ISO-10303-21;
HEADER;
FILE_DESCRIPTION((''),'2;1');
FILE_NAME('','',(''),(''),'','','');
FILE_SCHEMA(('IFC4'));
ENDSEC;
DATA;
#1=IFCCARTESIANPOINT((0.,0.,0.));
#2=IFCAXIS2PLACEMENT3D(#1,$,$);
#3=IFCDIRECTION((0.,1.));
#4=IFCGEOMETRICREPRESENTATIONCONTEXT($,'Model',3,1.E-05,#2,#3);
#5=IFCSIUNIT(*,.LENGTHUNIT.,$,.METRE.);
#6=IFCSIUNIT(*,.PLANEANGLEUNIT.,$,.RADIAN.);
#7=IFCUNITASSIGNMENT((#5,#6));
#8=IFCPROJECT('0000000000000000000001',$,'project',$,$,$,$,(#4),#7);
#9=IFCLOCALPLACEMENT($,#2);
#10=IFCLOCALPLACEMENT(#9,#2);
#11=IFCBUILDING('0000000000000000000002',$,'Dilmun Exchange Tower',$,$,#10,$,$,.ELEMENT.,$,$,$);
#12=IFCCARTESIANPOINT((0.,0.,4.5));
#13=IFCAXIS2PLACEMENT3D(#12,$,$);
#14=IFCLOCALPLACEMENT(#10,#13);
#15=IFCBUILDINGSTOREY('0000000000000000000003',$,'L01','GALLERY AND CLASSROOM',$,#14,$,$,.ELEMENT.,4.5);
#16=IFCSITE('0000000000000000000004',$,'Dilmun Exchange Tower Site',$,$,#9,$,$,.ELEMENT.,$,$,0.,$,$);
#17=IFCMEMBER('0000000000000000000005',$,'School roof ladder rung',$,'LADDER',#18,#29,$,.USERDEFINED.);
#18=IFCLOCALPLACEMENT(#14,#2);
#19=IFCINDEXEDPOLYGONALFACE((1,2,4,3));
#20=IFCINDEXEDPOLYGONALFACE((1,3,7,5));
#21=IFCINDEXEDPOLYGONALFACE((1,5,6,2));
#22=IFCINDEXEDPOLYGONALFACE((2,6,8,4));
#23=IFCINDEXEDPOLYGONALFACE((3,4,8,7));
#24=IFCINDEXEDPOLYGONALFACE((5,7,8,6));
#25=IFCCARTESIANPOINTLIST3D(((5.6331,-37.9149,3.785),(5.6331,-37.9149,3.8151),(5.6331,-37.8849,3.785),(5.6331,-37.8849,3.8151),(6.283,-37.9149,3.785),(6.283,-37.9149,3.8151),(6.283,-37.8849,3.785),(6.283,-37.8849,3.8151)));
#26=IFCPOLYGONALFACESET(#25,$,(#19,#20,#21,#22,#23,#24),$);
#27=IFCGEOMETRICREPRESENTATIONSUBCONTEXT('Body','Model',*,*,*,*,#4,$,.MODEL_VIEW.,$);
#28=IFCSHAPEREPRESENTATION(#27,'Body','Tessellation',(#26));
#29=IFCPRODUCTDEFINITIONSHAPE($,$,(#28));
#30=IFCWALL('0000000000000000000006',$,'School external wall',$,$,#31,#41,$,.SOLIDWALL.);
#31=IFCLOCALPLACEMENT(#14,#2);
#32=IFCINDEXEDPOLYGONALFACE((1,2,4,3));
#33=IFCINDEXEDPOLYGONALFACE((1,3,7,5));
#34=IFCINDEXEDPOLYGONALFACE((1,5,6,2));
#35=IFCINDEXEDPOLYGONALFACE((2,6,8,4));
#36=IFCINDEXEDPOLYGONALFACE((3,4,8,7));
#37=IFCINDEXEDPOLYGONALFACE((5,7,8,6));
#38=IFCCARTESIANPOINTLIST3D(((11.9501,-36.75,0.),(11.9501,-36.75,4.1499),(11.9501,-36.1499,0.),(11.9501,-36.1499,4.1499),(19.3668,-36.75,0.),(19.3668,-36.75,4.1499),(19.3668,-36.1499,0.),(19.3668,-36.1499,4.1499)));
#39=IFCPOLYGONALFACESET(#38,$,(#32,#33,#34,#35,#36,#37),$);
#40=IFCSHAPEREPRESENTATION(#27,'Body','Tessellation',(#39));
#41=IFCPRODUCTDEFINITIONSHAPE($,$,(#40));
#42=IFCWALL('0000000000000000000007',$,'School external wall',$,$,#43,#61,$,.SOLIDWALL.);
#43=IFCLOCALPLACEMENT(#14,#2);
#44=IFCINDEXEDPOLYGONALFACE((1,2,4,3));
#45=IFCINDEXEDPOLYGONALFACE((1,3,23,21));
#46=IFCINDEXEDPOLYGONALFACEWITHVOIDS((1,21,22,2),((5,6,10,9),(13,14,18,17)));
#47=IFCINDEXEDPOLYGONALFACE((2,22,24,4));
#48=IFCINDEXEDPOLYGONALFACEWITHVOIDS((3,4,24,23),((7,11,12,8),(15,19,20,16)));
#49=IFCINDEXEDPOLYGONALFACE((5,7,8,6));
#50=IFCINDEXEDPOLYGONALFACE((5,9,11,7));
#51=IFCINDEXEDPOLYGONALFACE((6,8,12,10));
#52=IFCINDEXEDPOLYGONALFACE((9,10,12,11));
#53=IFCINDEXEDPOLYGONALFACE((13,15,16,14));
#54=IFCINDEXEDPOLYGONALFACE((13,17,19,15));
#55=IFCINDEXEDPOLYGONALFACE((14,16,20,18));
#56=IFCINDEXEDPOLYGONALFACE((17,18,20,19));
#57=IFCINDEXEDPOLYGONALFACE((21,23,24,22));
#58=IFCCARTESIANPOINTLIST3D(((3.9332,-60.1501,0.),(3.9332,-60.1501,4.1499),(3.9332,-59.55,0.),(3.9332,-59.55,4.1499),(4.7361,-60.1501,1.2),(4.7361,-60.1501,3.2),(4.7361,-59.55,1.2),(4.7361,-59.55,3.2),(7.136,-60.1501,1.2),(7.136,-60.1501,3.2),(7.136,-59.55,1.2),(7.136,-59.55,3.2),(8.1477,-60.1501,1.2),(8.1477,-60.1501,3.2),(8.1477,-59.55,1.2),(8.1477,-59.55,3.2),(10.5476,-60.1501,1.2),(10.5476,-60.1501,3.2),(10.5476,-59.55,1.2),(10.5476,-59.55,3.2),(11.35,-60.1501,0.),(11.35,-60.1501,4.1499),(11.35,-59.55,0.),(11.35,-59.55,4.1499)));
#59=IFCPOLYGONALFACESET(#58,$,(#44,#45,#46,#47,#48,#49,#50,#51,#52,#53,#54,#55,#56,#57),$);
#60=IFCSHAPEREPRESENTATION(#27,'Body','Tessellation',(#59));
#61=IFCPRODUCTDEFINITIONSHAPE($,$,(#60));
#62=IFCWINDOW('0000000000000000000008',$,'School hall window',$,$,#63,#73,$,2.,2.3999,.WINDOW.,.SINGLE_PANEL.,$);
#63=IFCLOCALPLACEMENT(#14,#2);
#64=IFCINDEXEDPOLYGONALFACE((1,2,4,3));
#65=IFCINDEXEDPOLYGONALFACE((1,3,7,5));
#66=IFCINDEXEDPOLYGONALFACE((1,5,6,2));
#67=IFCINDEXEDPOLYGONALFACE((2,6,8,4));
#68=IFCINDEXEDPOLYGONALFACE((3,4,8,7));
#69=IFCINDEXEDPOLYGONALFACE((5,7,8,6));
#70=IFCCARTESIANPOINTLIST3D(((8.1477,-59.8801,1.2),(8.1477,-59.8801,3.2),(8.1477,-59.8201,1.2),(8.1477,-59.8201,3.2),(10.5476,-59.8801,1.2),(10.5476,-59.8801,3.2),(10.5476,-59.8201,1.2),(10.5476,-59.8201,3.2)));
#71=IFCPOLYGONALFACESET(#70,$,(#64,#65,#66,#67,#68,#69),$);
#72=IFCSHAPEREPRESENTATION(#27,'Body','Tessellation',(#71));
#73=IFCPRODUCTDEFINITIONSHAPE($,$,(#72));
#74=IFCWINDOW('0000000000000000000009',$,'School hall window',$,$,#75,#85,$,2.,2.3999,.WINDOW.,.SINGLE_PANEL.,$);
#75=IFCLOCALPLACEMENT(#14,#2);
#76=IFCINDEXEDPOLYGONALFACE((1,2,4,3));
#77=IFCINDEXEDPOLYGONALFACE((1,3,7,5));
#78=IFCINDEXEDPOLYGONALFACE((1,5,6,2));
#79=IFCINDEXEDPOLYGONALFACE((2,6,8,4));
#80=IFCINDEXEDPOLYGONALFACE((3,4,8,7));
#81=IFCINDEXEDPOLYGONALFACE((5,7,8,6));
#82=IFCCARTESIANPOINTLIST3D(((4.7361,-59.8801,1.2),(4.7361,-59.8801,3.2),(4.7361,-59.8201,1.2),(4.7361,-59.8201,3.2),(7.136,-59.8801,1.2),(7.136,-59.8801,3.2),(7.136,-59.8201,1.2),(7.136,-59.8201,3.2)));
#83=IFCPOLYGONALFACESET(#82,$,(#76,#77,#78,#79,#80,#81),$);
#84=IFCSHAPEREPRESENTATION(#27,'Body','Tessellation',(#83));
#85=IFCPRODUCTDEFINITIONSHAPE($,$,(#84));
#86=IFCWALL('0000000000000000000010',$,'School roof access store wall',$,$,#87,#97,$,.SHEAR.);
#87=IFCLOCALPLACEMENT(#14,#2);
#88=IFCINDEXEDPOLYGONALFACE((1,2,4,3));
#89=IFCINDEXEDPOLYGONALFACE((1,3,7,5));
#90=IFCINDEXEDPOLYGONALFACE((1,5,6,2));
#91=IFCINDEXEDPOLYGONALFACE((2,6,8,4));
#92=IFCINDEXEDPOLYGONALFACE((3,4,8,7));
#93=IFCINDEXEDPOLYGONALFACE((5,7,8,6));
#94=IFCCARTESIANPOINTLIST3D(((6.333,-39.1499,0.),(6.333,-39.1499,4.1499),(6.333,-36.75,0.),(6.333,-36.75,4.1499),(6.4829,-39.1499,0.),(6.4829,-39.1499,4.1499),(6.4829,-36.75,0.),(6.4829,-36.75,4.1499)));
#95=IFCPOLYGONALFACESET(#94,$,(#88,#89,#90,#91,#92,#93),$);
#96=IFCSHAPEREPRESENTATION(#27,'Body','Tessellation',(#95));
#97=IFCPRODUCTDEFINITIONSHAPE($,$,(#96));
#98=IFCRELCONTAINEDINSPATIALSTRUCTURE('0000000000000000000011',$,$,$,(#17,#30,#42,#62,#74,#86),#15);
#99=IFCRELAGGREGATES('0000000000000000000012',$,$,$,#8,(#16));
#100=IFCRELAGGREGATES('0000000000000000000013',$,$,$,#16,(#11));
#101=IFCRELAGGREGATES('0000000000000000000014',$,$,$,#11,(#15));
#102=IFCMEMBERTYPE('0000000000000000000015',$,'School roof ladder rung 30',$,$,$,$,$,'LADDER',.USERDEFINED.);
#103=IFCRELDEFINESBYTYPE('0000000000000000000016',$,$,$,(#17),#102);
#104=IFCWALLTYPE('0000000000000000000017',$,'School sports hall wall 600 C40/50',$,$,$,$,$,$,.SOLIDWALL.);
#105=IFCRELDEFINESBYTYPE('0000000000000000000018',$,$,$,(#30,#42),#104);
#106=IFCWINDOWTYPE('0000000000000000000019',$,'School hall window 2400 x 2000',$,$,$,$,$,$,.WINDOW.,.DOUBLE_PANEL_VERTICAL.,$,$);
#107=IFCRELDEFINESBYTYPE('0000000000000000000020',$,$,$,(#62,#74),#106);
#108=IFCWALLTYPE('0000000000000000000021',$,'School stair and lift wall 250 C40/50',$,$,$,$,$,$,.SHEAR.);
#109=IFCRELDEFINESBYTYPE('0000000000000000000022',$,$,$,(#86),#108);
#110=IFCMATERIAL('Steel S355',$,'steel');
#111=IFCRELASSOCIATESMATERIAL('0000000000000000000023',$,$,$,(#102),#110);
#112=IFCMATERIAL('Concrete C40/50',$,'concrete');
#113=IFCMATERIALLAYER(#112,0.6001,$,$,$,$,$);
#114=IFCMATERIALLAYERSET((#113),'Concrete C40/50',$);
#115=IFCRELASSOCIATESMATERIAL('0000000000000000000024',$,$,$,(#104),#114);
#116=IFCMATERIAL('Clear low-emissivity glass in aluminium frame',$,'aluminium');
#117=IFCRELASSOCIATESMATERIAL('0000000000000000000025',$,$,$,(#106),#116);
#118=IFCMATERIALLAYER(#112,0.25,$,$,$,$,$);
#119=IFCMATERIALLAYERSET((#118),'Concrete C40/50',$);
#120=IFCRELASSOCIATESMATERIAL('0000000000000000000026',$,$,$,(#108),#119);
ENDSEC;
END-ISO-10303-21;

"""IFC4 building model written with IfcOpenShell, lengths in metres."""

from ifc_helpers import new_model, si_unit, direction, frame, frame_2d, origin, origin_2d, place, context, subcontext, project, spatial, rectangle, extrude, material, layer, layer_set, material_profile, profile_set, type_object, element, fill, save


model = new_model("IFC4")

# Units and contexts
model_context = context("Model", 3, precision=1e-05, world=origin(), true_north=direction((0.0, 1.0)))
body_context = subcontext(model_context, "Body", "Model", "MODEL_VIEW")
ifc_project = project(units=[si_unit("LENGTHUNIT", "METRE"), si_unit("PLANEANGLEUNIT", "RADIAN")], contexts=[model_context])

# Site, building, storey
site_placement = place(None, origin())
site = spatial("IfcSite", under=ifc_project, at=site_placement, Name="Dilmun Exchange Tower Site", CompositionType="ELEMENT", RefElevation=0.0)
building_placement = place(site_placement, origin())
building = spatial("IfcBuilding", under=site, at=building_placement, Name="Dilmun Exchange Tower", CompositionType="ELEMENT")
storey_placement = place(building_placement, frame((0.0, 0.0, 4.5)))
storey = spatial("IfcBuildingStorey", under=building, at=storey_placement, Name="L01", Description="GALLERY AND CLASSROOM", CompositionType="ELEMENT", Elevation=4.5)

# Shared definitions
ifc_material_1 = material(Name="Concrete C40/50", Category="concrete")

# Shared definitions
ifc_material_2 = material(Name="Steel S355", Category="steel")

# Member
ifc_material_profile_1 = material_profile(ifc_material_2, rectangle(XDim=0.03, YDim=0.03, at=origin_2d()), Name="30 x 30")
ifc_profile_set_1 = profile_set([ifc_material_profile_1], Name="Steel S355")
member_type_1 = type_object("IfcMemberType", Name="School roof ladder rung 30", ElementType="LADDER", PredefinedType="USERDEFINED", material=ifc_profile_set_1)
for number, where, z_axis, x_axis, name in (
    (1, (5.6331, -37.8999, 3.8), (1.0, 0.0, 0.0), (0.0, 1.0, 0.0), "School roof ladder rung"),
):
    element("IfcMember", number, at=place(storey_placement, frame(where, z_axis=z_axis, x_axis=x_axis)), inside=storey, type_object=member_type_1, Name=name, ObjectType="LADDER", PredefinedType="USERDEFINED", context=body_context, shape_type="SweptSolid", body=[
        extrude(rectangle(XDim=0.03, YDim=0.03, at=origin_2d()), origin(), (0.0, 0.0, 1.0), 0.6499),
    ])

# Wall
ifc_layer_1 = layer(ifc_material_1, 0.6001)
ifc_layer_set_1 = layer_set([ifc_layer_1], Name="Concrete C40/50")
wall_type_1 = type_object("IfcWallType", Name="School sports hall wall 600 C40/50", PredefinedType="SOLIDWALL", material=ifc_layer_set_1)
wall_1_placement = place(storey_placement, frame((11.95, -36.45, 0.0), z_axis=(0.0, 0.0, 1.0), x_axis=(1.0, 0.0, 0.0)))
element("IfcWall", 2, at=wall_1_placement, inside=storey, type_object=wall_type_1, Name="School external wall", PredefinedType="SOLIDWALL", context=body_context, shape_type="SweptSolid", body=[
    extrude(rectangle(XDim=7.4167, YDim=0.6001, at=frame_2d((3.7085, 0.0))), origin(), (0.0, 0.0, 1.0), 4.1499),
])

# Wall, openings, windows
wall_2_placement = place(storey_placement, frame((11.3501, -59.8501, 0.0), z_axis=(0.0, 0.0, 1.0), x_axis=(-1.0, 0.0, 0.0)))
wall_2 = element("IfcWall", 3, at=wall_2_placement, inside=storey, type_object=wall_type_1, Name="School external wall", PredefinedType="SOLIDWALL", context=body_context, shape_type="SweptSolid", body=[
    extrude(rectangle(XDim=7.4167, YDim=0.6001, at=frame_2d((3.7085, 0.0))), origin(), (0.0, 0.0, 1.0), 4.1499),
])
opening_1_placement = place(wall_2_placement, frame((0.8025, 0.0, 1.2)))
opening_1 = element("IfcOpeningElement", 4, at=opening_1_placement, cuts=wall_2, PredefinedType="OPENING", context=body_context, shape_type="SweptSolid", body=[
    extrude(rectangle(XDim=2.3999, YDim=2.0, at=frame_2d((1.2, 1.0))), frame((0.0, 0.3101, 0.0), z_axis=(0.0, -1.0, 0.0), x_axis=(1.0, 0.0, 0.0)), (0.0, 0.0, 1.0), 0.6201),
])
opening_2_placement = place(wall_2_placement, frame((4.2141, 0.0, 1.2)))
opening_2 = element("IfcOpeningElement", 5, at=opening_2_placement, cuts=wall_2, PredefinedType="OPENING", context=body_context, shape_type="SweptSolid", body=[
    extrude(rectangle(XDim=2.3999, YDim=2.0, at=frame_2d((1.2, 1.0))), frame((0.0, 0.3101, 0.0), z_axis=(0.0, -1.0, 0.0), x_axis=(1.0, 0.0, 0.0)), (0.0, 0.0, 1.0), 0.6201),
])
ifc_material_3 = material(Name="Clear low-emissivity glass in aluminium frame", Category="aluminium")
window_type = type_object("IfcWindowType", Name="School hall window 2400 x 2000", PartitioningType="DOUBLE_PANEL_VERTICAL", PredefinedType="WINDOW", material=ifc_material_3)
window_1_placement = place(opening_1_placement, origin())
window_1 = element("IfcWindow", 6, at=window_1_placement, inside=storey, type_object=window_type, Name="School hall window", OverallHeight=2.0, OverallWidth=2.3999, PartitioningType="SINGLE_PANEL", PredefinedType="WINDOW", context=body_context, shape_type="SweptSolid", body=[
    extrude(rectangle(XDim=2.3999, YDim=2.0, at=frame_2d((1.2, 1.0))), frame((0.0, 0.03, 0.0), z_axis=(0.0, -1.0, 0.0), x_axis=(1.0, 0.0, 0.0)), (0.0, 0.0, 1.0), 0.0601),
])
fill(opening_1, window_1)
window_2_placement = place(opening_2_placement, origin())
window_2 = element("IfcWindow", 7, at=window_2_placement, inside=storey, type_object=window_type, Name="School hall window", OverallHeight=2.0, OverallWidth=2.3999, PartitioningType="SINGLE_PANEL", PredefinedType="WINDOW", context=body_context, shape_type="SweptSolid", body=[
    extrude(rectangle(XDim=2.3999, YDim=2.0, at=frame_2d((1.2, 1.0))), frame((0.0, 0.03, 0.0), z_axis=(0.0, -1.0, 0.0), x_axis=(1.0, 0.0, 0.0)), (0.0, 0.0, 1.0), 0.0601),
])
fill(opening_2, window_2)

# Wall
ifc_layer_2 = layer(ifc_material_1, 0.25)
ifc_layer_set_2 = layer_set([ifc_layer_2], Name="Concrete C40/50")
wall_type_2 = type_object("IfcWallType", Name="School stair and lift wall 250 C40/50", PredefinedType="SHEAR", material=ifc_layer_set_2)
wall_3_placement = place(storey_placement, frame((6.408, -39.1499, 0.0), z_axis=(0.0, 0.0, 1.0), x_axis=(0.0, 1.0, 0.0)))
element("IfcWall", 8, at=wall_3_placement, inside=storey, type_object=wall_type_2, Name="School roof access store wall", PredefinedType="SHEAR", context=body_context, shape_type="SweptSolid", body=[
    extrude(rectangle(XDim=2.3999, YDim=0.1499, at=frame_2d((1.2, 0.0))), origin(), (0.0, 0.0, 1.0), 4.1499),
])

save(model, "model.ifc")
